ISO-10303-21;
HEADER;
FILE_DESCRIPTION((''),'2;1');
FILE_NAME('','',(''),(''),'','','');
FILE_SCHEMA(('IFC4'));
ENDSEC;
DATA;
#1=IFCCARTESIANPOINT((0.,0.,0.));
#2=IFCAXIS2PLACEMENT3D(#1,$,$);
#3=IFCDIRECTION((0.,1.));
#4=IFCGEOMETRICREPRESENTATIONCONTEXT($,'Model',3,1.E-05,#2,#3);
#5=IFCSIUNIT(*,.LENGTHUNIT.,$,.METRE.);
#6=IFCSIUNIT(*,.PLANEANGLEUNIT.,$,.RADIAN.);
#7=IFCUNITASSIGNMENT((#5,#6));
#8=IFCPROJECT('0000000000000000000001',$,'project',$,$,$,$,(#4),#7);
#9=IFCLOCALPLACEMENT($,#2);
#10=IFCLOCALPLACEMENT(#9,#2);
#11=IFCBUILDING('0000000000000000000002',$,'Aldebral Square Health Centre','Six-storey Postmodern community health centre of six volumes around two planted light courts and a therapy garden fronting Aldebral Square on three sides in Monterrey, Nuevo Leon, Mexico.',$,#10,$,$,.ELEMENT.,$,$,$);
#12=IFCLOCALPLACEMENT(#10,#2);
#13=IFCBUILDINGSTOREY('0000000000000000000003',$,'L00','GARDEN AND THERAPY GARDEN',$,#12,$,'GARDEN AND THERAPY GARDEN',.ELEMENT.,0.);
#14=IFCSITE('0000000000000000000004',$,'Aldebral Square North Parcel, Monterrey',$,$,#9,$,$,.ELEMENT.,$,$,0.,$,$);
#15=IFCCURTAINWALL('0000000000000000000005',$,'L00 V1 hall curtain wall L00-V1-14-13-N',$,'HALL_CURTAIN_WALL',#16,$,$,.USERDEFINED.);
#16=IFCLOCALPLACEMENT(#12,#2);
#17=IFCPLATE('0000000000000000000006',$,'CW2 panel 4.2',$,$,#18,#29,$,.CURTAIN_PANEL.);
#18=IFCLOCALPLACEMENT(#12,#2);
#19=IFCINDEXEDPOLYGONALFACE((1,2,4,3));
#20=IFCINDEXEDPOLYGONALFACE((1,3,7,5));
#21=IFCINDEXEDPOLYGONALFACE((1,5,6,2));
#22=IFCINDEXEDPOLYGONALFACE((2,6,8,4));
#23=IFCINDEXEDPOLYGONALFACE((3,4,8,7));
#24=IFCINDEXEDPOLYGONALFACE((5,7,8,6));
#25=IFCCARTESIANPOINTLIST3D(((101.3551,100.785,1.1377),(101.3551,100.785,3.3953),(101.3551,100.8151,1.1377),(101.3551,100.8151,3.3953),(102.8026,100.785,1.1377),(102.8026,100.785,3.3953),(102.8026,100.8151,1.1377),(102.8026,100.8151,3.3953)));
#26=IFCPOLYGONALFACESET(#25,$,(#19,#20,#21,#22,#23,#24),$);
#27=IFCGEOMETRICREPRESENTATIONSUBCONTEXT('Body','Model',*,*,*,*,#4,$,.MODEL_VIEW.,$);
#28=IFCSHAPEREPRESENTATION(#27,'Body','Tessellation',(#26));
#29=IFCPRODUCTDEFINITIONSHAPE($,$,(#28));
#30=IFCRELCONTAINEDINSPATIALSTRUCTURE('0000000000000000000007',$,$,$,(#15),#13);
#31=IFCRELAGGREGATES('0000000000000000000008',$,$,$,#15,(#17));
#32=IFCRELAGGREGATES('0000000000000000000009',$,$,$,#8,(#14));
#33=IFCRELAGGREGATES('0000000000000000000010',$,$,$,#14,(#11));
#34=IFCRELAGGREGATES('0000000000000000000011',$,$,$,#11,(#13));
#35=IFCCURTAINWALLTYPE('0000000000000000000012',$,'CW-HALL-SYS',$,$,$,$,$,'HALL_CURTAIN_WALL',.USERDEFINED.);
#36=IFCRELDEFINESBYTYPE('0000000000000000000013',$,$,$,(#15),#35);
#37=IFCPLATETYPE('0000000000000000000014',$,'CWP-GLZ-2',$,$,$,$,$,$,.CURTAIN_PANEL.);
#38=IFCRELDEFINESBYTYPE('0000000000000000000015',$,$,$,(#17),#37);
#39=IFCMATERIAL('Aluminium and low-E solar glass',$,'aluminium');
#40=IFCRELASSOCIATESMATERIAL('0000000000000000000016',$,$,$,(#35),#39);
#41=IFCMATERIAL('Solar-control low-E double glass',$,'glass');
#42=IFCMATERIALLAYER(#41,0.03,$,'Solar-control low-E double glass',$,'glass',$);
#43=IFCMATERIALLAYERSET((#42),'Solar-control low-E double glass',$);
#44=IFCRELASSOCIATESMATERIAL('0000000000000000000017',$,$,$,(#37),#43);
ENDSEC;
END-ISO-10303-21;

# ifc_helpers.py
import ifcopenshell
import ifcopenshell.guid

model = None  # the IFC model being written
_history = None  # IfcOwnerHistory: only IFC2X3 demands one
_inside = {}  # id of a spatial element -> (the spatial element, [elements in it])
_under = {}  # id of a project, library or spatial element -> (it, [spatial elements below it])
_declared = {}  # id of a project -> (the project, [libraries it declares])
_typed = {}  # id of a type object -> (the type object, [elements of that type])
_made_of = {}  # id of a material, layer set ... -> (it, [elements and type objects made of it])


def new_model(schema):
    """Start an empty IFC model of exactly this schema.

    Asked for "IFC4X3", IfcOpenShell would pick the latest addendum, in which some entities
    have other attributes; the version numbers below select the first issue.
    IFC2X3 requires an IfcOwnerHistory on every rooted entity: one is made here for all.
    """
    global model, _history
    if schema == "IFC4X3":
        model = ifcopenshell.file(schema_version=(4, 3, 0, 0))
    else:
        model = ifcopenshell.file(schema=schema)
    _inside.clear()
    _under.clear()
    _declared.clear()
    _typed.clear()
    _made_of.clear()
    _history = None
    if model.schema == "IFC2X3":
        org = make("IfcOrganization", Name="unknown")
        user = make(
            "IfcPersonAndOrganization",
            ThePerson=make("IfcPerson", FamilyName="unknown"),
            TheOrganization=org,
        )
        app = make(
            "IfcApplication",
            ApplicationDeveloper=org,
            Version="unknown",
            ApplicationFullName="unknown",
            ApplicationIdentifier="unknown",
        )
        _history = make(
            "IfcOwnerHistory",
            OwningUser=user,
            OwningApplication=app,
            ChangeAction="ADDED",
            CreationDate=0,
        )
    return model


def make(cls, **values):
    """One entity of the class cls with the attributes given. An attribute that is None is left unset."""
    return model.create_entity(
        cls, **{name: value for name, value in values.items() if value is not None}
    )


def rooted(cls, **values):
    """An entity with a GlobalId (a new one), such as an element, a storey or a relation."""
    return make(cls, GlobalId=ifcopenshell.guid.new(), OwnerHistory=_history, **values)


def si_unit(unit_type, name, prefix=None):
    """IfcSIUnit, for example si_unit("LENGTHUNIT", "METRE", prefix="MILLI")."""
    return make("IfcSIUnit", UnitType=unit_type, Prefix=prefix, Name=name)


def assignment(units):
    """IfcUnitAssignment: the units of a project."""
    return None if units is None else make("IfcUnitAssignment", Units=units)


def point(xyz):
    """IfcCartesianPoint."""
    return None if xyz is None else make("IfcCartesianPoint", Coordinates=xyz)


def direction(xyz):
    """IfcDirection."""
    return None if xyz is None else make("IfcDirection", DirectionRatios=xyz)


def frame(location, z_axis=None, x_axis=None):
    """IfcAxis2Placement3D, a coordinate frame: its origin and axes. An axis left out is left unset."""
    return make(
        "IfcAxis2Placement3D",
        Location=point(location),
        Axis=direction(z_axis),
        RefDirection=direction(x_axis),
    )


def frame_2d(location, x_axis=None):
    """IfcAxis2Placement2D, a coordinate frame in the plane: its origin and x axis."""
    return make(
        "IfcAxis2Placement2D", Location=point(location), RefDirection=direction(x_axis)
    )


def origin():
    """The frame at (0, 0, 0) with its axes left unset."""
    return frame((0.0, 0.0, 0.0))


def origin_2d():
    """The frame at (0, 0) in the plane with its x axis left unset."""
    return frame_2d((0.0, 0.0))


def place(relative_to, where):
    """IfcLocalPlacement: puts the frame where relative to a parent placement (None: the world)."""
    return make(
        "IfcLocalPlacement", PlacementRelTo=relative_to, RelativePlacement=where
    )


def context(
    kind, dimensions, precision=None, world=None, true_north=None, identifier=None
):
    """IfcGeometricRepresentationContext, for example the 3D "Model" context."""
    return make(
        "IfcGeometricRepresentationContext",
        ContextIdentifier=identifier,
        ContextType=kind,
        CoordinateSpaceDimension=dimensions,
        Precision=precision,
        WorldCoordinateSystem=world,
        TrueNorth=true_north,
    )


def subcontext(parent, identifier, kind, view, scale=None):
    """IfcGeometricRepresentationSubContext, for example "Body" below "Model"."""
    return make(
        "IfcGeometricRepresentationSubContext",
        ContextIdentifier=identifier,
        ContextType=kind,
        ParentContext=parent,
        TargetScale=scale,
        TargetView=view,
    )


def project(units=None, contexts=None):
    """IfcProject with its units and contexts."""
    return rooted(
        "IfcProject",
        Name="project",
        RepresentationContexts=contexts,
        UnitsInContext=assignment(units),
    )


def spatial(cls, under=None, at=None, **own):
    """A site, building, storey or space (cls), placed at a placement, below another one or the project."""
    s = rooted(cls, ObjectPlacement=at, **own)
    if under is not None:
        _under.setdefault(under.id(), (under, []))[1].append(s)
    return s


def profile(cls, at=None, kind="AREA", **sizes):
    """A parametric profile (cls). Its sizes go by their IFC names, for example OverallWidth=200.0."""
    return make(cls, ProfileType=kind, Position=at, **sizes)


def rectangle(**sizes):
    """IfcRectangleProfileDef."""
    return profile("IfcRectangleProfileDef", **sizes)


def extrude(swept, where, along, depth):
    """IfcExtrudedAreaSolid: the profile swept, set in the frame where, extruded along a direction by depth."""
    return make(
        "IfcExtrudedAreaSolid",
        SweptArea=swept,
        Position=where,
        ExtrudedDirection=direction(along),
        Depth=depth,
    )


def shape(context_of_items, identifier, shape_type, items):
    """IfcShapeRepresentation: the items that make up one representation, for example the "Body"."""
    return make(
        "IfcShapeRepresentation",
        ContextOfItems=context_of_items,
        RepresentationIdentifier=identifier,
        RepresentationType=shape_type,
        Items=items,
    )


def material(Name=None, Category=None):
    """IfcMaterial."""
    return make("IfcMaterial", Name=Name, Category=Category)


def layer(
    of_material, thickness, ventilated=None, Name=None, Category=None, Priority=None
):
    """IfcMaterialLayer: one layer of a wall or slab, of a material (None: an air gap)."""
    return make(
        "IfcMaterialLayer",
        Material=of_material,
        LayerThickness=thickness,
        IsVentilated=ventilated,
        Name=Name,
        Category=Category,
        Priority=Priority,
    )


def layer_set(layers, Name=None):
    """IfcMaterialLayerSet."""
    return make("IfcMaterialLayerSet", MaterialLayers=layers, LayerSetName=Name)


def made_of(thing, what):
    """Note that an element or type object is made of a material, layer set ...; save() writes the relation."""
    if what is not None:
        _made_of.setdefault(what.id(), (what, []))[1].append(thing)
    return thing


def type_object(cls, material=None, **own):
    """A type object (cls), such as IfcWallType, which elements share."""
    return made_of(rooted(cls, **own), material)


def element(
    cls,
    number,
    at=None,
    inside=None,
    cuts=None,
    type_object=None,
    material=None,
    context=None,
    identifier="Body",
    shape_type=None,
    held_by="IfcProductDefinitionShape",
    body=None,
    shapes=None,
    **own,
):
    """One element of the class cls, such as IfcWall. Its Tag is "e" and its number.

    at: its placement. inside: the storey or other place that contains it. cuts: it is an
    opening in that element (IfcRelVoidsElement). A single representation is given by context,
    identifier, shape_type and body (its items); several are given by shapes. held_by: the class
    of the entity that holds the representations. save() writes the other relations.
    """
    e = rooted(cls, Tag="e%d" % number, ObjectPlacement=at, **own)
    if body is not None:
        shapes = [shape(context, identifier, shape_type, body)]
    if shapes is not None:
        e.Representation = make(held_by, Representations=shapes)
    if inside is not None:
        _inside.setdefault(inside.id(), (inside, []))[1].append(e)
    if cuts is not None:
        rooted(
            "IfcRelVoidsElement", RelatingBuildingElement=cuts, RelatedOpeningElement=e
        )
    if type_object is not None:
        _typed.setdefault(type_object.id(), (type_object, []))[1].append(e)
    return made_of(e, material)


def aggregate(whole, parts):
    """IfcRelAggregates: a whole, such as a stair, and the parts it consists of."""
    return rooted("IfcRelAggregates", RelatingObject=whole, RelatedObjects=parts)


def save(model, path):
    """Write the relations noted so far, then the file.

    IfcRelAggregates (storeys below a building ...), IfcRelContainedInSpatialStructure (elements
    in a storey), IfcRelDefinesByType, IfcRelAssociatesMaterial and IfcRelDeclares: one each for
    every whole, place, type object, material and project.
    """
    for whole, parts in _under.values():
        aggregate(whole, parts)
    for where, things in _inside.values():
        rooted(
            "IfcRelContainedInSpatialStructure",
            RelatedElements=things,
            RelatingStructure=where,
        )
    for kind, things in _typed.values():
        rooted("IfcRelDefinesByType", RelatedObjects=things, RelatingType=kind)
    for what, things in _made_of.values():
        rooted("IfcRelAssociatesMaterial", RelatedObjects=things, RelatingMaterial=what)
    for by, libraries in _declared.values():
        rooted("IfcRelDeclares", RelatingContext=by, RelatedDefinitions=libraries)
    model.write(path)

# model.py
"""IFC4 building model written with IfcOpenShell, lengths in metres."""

from ifc_helpers import new_model, si_unit, direction, frame, origin, origin_2d, place, context, subcontext, project, spatial, rectangle, extrude, material, layer, layer_set, type_object, element, aggregate, save


model = new_model("IFC4")

# Units and contexts
model_context = context("Model", 3, precision=1e-05, world=origin(), true_north=direction((0.0, 1.0)))
body_context = subcontext(model_context, "Body", "Model", "MODEL_VIEW")
ifc_project = project(units=[si_unit("LENGTHUNIT", "METRE"), si_unit("PLANEANGLEUNIT", "RADIAN")], contexts=[model_context])

# Site, building, storey
site_placement = place(None, origin())
site = spatial("IfcSite", under=ifc_project, at=site_placement, Name="Aldebral Square North Parcel, Monterrey", CompositionType="ELEMENT", RefElevation=0.0)
building_placement = place(site_placement, origin())
building = spatial("IfcBuilding", under=site, at=building_placement, Name="Aldebral Square Health Centre", Description="Six-storey Postmodern community health centre of six volumes around two planted light courts and a therapy garden fronting Aldebral Square on three sides in Monterrey, Nuevo Leon, Mexico.", CompositionType="ELEMENT")
storey_placement = place(building_placement, origin())
storey = spatial("IfcBuildingStorey", under=building, at=storey_placement, Name="L00", Description="GARDEN AND THERAPY GARDEN", LongName="GARDEN AND THERAPY GARDEN", CompositionType="ELEMENT", Elevation=0.0)

# Shared definitions
ifc_material_1 = material(Name="Aluminium and low-E solar glass", Category="aluminium")
curtain_wall_type = type_object("IfcCurtainWallType", Name="CW-HALL-SYS", ElementType="HALL_CURTAIN_WALL", PredefinedType="USERDEFINED", material=ifc_material_1)

# Curtain wall
curtain_wall_1_placement = place(storey_placement, origin())
curtain_wall_1 = element("IfcCurtainWall", 1, at=curtain_wall_1_placement, inside=storey, type_object=curtain_wall_type, Name="L00 V1 hall curtain wall L00-V1-14-13-N", ObjectType="HALL_CURTAIN_WALL", PredefinedType="USERDEFINED")

# Plate
ifc_material_2 = material(Name="Solar-control low-E double glass", Category="glass")
ifc_layer_1 = layer(ifc_material_2, 0.03, Name="Solar-control low-E double glass", Category="glass")
ifc_layer_set_1 = layer_set([ifc_layer_1], Name="Solar-control low-E double glass")
plate_type = type_object("IfcPlateType", Name="CWP-GLZ-2", PredefinedType="CURTAIN_PANEL", material=ifc_layer_set_1)
plate_1_placement = place(storey_placement, frame((102.0789, 100.8, 1.1377), z_axis=(0.0, 0.0, 1.0), x_axis=(-1.0, 0.0, 0.0)))
plate_1 = element("IfcPlate", 2, at=plate_1_placement, type_object=plate_type, Name="CW2 panel 4.2", PredefinedType="CURTAIN_PANEL", context=body_context, shape_type="SweptSolid", body=[
    extrude(rectangle(XDim=1.4475, YDim=0.03, at=origin_2d()), origin(), (0.0, 0.0, 1.0), 2.2576),
])
aggregate(curtain_wall_1, [plate_1])

save(model, "model.ifc")
